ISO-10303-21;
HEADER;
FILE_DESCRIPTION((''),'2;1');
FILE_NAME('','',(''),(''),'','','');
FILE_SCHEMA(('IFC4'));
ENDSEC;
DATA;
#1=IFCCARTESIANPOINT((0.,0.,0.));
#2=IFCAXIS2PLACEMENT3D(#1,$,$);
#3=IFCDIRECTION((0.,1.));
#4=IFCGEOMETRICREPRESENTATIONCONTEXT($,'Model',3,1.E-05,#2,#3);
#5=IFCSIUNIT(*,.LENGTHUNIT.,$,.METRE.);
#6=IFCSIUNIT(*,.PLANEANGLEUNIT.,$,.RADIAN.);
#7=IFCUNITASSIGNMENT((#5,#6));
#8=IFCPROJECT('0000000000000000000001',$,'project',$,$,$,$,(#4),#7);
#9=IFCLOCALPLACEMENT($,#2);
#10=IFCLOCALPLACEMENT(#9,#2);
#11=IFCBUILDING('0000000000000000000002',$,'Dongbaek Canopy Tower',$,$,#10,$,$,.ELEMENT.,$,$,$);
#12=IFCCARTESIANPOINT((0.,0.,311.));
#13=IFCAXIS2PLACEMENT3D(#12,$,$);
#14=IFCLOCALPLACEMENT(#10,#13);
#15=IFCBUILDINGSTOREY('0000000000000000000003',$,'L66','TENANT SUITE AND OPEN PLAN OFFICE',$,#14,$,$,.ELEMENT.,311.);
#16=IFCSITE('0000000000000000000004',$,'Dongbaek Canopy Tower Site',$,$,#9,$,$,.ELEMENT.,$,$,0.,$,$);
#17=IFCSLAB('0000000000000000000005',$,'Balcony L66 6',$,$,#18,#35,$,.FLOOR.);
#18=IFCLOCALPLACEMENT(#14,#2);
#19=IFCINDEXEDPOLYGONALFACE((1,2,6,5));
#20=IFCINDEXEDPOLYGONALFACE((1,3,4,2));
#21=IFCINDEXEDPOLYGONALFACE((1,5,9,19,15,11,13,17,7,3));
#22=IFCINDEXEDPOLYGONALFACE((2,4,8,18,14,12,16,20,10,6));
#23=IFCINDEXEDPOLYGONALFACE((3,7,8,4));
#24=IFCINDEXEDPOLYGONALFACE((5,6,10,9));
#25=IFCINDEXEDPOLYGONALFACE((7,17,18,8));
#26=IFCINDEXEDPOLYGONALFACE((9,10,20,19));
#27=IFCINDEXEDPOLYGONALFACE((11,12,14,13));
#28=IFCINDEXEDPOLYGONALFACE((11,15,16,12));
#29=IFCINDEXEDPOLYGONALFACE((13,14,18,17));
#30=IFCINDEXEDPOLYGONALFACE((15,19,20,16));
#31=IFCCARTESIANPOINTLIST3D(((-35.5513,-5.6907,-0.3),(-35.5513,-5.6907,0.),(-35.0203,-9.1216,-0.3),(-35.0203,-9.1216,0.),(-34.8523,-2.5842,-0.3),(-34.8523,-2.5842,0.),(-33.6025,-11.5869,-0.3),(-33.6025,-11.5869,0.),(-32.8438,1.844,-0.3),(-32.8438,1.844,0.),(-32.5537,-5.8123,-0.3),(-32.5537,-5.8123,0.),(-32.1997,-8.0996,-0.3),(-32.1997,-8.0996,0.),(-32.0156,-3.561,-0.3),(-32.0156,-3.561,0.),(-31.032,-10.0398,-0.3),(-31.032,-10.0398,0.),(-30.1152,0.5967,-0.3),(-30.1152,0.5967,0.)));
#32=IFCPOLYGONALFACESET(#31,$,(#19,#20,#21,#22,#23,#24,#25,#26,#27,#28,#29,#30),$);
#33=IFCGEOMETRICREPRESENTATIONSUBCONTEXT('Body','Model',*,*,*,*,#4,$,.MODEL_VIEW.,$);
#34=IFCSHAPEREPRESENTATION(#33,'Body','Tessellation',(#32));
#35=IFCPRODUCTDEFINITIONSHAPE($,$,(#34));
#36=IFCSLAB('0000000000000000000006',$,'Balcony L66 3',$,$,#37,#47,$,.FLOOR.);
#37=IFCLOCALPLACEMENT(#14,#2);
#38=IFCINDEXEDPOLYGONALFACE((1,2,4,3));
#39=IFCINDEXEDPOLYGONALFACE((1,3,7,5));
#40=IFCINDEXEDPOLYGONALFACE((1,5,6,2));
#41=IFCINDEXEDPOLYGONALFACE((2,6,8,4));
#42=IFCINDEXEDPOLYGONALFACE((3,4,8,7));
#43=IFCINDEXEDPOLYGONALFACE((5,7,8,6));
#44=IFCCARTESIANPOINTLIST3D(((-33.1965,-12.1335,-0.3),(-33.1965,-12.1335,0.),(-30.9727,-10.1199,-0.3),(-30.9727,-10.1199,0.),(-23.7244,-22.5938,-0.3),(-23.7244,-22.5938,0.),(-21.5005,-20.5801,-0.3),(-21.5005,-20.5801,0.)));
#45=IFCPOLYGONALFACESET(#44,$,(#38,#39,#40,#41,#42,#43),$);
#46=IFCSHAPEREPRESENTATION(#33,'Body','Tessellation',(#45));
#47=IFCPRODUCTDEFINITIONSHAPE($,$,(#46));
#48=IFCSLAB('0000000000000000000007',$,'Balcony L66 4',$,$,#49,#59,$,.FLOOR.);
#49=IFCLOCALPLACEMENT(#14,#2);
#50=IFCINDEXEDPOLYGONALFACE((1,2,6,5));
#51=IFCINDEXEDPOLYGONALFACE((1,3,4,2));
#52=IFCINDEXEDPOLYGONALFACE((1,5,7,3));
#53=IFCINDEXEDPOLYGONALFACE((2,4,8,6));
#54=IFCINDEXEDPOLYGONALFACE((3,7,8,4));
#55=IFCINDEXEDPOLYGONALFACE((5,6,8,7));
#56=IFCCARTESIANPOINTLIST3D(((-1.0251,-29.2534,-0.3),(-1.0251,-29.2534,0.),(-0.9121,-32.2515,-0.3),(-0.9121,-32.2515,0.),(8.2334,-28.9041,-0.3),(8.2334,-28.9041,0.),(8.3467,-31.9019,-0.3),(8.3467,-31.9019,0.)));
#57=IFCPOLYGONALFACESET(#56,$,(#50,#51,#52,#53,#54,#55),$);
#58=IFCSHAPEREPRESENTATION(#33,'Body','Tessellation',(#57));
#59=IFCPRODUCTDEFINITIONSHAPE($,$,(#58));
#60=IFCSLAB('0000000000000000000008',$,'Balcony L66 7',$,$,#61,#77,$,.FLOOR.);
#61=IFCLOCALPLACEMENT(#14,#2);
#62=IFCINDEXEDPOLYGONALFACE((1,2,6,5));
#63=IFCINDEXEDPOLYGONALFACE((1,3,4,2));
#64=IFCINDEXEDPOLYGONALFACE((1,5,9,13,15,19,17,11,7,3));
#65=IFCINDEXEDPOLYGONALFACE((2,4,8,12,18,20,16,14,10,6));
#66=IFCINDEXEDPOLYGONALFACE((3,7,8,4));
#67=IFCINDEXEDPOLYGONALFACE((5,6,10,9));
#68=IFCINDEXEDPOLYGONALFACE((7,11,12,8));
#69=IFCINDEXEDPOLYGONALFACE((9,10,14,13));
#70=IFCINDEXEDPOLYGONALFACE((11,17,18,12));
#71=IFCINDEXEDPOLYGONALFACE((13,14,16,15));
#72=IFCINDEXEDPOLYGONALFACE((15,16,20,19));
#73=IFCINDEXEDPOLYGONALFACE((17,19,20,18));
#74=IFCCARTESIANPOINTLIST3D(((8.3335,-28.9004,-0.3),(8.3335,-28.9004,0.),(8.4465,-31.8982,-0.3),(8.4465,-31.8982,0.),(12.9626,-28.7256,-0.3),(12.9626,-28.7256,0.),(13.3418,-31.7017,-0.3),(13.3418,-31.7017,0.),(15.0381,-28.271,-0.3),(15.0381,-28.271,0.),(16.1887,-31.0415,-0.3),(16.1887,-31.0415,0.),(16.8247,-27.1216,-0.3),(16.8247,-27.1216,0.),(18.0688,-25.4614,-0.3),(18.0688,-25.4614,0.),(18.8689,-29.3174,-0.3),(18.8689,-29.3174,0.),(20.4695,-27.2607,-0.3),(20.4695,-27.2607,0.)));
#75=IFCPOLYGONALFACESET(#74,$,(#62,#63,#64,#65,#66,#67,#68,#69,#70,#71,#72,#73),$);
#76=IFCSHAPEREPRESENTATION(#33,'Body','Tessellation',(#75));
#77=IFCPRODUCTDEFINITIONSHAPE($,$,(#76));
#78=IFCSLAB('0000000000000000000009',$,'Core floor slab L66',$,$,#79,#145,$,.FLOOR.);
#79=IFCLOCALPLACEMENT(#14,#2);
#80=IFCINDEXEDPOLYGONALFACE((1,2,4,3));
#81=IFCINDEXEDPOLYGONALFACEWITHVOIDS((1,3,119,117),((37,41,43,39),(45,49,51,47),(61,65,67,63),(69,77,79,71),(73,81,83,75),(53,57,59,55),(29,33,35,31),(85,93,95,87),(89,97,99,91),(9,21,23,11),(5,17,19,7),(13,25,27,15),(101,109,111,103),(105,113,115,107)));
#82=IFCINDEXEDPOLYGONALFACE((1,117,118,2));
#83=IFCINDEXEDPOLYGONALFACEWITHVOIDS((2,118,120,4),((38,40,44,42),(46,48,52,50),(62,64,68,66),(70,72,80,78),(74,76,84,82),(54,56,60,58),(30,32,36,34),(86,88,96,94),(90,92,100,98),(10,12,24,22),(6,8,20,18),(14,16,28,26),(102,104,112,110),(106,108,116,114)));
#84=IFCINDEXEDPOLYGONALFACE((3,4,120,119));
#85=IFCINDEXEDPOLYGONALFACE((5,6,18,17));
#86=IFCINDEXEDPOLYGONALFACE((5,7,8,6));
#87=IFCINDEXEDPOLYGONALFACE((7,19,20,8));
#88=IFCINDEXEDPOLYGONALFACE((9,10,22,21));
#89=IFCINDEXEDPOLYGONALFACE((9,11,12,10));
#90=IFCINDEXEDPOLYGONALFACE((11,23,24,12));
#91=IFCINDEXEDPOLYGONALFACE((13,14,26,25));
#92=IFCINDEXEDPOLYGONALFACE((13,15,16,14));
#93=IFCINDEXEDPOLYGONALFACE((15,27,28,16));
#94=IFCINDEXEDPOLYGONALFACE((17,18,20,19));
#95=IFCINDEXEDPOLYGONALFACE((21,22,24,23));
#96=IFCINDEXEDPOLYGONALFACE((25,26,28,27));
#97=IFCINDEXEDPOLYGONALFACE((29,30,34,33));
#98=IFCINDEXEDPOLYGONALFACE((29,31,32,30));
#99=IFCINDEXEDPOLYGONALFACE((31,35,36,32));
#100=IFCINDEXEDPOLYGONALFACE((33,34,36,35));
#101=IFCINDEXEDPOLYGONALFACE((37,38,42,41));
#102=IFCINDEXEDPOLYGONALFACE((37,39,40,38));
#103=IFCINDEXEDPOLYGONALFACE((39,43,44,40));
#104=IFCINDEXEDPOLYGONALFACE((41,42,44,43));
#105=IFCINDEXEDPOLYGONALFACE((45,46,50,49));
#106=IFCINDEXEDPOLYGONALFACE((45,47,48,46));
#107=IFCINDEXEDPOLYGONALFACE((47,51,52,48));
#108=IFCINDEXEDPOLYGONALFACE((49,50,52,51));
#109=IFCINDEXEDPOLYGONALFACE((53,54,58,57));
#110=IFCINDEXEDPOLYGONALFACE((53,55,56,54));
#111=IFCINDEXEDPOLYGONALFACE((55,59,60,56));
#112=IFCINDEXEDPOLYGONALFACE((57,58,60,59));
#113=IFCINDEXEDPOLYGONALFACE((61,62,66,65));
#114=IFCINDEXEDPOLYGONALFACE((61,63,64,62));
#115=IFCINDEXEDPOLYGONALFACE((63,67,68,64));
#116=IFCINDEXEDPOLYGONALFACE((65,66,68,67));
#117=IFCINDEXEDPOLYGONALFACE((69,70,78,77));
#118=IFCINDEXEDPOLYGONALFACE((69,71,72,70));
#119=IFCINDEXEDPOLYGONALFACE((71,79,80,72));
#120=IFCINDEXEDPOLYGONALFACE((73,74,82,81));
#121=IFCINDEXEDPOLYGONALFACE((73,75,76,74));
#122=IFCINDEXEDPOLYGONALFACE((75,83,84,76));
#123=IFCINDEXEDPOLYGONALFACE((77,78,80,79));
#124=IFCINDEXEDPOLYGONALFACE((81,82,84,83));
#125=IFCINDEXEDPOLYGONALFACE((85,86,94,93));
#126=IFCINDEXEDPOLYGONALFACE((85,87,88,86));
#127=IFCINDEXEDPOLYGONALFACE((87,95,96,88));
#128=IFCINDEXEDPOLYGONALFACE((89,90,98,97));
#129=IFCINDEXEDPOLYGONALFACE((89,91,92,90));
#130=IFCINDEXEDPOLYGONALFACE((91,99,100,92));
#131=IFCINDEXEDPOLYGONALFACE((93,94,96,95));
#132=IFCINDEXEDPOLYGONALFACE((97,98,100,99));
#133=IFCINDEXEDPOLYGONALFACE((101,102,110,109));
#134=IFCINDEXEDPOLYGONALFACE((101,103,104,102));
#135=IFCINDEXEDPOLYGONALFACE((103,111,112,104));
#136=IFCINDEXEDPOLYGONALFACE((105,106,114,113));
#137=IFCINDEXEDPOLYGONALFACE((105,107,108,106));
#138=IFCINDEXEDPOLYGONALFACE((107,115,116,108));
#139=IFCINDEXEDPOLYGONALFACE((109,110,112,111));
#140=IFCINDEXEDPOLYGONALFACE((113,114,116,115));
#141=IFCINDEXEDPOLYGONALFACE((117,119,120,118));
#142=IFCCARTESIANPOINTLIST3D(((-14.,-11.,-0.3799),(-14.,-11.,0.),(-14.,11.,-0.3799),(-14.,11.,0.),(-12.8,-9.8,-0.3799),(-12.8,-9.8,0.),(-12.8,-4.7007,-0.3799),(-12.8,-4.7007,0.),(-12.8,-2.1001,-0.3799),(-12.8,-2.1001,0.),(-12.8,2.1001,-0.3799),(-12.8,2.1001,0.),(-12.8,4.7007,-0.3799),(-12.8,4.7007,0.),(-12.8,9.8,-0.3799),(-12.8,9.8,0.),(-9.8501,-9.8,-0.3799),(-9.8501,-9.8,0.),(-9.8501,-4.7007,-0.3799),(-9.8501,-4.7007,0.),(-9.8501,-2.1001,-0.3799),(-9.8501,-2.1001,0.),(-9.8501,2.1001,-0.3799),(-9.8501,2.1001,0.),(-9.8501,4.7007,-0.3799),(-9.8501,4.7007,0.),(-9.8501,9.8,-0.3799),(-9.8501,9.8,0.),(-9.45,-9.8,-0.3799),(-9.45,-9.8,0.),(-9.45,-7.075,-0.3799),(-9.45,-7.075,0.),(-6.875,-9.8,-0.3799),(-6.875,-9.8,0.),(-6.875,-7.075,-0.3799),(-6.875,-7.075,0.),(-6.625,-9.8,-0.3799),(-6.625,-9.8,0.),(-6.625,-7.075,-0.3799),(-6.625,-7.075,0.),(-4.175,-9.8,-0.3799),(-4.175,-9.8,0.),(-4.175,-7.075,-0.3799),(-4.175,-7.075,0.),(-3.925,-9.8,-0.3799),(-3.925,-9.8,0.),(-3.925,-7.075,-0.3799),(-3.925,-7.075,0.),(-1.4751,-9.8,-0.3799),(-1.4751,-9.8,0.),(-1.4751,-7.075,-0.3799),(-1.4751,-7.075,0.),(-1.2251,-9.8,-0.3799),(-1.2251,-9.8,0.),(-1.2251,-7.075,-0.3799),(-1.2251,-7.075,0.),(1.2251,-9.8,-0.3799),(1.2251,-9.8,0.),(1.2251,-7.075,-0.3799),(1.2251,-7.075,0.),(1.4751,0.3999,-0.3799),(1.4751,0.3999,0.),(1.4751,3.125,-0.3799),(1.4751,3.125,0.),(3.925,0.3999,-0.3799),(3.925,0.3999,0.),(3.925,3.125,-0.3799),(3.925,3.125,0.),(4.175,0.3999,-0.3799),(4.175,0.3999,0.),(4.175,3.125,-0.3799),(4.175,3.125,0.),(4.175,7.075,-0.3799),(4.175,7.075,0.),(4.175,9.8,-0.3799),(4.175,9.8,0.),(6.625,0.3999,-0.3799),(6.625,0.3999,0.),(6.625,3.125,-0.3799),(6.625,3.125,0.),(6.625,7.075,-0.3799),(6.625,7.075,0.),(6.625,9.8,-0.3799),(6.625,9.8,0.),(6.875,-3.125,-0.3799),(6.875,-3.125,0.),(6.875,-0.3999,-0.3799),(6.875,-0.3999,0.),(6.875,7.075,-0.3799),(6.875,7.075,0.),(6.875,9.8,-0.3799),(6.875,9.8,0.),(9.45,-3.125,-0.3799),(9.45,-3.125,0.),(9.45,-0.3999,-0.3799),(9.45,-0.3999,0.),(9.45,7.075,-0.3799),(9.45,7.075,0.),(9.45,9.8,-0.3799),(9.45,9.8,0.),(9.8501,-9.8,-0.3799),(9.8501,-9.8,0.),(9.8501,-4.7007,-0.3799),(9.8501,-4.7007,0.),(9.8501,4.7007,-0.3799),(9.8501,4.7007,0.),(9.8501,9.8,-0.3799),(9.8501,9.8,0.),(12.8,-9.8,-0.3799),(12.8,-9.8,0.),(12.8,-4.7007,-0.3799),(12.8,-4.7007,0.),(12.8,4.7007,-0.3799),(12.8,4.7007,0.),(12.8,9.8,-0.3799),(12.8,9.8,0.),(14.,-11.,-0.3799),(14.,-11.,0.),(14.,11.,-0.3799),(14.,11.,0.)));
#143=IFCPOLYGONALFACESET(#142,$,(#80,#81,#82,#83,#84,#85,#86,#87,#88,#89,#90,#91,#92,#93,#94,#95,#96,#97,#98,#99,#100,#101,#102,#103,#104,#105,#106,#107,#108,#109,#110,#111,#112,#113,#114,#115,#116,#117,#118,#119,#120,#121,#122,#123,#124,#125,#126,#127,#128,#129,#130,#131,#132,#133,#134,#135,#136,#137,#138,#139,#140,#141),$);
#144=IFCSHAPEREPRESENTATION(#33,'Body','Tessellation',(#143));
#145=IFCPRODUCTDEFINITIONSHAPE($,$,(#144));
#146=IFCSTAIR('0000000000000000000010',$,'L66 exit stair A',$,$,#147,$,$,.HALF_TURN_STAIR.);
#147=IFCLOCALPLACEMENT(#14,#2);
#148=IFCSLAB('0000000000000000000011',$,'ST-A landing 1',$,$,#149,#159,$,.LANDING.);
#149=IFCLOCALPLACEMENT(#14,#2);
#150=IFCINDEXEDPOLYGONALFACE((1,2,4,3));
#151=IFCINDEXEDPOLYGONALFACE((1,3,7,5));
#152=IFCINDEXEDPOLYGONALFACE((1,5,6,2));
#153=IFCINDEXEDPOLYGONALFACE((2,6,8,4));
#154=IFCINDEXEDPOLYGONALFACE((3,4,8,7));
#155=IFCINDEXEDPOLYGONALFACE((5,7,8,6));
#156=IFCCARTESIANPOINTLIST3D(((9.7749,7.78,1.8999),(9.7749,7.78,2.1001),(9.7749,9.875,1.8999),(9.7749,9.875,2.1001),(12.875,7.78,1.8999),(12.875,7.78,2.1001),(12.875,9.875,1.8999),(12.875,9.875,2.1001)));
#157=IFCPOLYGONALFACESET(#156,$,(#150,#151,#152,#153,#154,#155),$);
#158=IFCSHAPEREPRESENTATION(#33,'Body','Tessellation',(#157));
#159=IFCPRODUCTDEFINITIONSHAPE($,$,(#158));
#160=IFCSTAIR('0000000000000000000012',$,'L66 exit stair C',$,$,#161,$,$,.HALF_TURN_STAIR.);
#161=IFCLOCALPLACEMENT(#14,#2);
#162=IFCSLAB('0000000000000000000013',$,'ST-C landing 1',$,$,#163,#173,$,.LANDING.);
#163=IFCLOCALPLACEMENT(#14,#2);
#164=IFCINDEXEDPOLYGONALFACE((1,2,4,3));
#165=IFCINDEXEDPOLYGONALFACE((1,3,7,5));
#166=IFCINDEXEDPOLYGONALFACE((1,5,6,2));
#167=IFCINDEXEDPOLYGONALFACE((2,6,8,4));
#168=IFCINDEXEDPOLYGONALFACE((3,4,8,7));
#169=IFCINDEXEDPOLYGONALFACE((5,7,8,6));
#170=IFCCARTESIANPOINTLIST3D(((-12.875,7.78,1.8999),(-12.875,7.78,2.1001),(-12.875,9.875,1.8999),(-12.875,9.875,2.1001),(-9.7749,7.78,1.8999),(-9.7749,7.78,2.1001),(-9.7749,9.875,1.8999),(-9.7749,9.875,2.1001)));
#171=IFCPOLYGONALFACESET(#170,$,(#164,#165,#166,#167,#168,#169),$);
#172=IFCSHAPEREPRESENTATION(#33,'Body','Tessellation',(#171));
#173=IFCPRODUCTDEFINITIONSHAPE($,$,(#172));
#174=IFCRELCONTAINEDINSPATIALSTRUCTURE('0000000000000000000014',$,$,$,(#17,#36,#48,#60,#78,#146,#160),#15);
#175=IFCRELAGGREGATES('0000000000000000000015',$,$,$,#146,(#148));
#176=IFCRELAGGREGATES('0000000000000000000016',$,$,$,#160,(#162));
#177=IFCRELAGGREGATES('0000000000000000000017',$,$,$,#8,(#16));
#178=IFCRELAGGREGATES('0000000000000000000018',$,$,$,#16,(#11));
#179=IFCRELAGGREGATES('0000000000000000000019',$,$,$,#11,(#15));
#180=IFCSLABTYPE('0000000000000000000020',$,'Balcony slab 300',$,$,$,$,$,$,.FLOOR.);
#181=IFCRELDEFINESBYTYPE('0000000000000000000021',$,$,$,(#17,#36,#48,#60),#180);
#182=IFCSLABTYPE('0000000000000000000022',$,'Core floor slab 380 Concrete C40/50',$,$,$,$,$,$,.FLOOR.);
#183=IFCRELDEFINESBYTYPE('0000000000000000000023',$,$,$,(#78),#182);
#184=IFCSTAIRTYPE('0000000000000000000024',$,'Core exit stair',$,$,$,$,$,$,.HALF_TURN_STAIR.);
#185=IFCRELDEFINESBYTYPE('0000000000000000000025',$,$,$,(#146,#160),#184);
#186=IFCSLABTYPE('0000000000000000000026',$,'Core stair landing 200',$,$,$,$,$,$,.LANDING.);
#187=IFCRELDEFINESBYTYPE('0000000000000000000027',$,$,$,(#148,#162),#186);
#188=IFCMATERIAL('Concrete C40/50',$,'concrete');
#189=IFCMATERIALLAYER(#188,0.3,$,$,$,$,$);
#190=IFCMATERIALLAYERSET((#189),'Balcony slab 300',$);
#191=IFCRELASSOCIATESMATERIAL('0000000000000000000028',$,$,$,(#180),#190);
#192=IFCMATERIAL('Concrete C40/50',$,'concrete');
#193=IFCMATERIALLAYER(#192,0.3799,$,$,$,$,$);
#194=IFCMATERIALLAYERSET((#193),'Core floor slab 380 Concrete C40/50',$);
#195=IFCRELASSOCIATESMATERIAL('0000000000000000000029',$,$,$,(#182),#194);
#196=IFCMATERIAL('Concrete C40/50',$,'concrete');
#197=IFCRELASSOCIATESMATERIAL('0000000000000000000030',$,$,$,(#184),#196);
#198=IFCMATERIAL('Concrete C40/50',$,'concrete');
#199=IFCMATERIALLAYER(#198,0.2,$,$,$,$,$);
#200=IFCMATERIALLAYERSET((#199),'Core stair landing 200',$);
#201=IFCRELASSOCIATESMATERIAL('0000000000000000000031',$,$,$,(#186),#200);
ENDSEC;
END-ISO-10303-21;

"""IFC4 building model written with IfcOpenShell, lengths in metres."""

from ifc_helpers import new_model, si_unit, direction, frame, origin, place, context, subcontext, project, spatial, polyline, outline, extrude, material, layer, layer_set, type_object, element, aggregate, save


model = new_model("IFC4")

# Units and contexts
model_context = context("Model", 3, precision=1e-05, world=origin(), true_north=direction((0.0, 1.0)))
body_context = subcontext(model_context, "Body", "Model", "MODEL_VIEW")
ifc_project = project(units=[si_unit("LENGTHUNIT", "METRE"), si_unit("PLANEANGLEUNIT", "RADIAN")], contexts=[model_context])

# Site, building, storey
site_placement = place(None, origin())
site = spatial("IfcSite", under=ifc_project, at=site_placement, Name="Dongbaek Canopy Tower Site", CompositionType="ELEMENT", RefElevation=0.0)
building_placement = place(site_placement, origin())
building = spatial("IfcBuilding", under=site, at=building_placement, Name="Dongbaek Canopy Tower", CompositionType="ELEMENT")
storey_placement = place(building_placement, frame((0.0, 0.0, 311.0)))
storey = spatial("IfcBuildingStorey", under=building, at=storey_placement, Name="L66", Description="TENANT SUITE AND OPEN PLAN OFFICE", CompositionType="ELEMENT", Elevation=311.0)

# Slabs
ifc_material_1 = material(Name="Concrete C40/50", Category="concrete")
ifc_layer_1 = layer(ifc_material_1, 0.3)
ifc_layer_set_1 = layer_set([ifc_layer_1], Name="Balcony slab 300")
slab_type_1 = type_object("IfcSlabType", Name="Balcony slab 300", PredefinedType="FLOOR", material=ifc_layer_set_1)
slab_1_placement = place(storey_placement, frame((0.0, 0.0, -0.3)))
element("IfcSlab", 1, at=slab_1_placement, inside=storey, type_object=slab_type_1, Name="Balcony L66 6", PredefinedType="FLOOR", context=body_context, shape_type="SweptSolid", body=[
    extrude(outline(polyline([(-30.1152, 0.5967), (-32.0156, -3.561), (-32.5537, -5.8123), (-32.1997, -8.0996), (-31.032, -10.0398), (-33.6025, -11.5869), (-35.0203, -9.1216), (-35.5513, -5.6907), (-34.8523, -2.5842), (-32.8438, 1.844), (-30.1152, 0.5967)])), origin(), (0.0, 0.0, 1.0), 0.3),
])
slab_2_placement = place(storey_placement, frame((0.0, 0.0, -0.3)))
element("IfcSlab", 2, at=slab_2_placement, inside=storey, type_object=slab_type_1, Name="Balcony L66 3", PredefinedType="FLOOR", context=body_context, shape_type="SweptSolid", body=[
    extrude(outline(polyline([(-30.9727, -10.1199), (-21.5005, -20.5801), (-23.7244, -22.5938), (-33.1965, -12.1335), (-30.9727, -10.1199)])), origin(), (0.0, 0.0, 1.0), 0.3),
])
slab_3_placement = place(storey_placement, frame((0.0, 0.0, -0.3)))
element("IfcSlab", 3, at=slab_3_placement, inside=storey, type_object=slab_type_1, Name="Balcony L66 4", PredefinedType="FLOOR", context=body_context, shape_type="SweptSolid", body=[
    extrude(outline(polyline([(-1.0251, -29.2534), (8.2334, -28.9041), (8.3467, -31.9019), (-0.9121, -32.2515), (-1.0251, -29.2534)])), origin(), (0.0, 0.0, 1.0), 0.3),
])
slab_4_placement = place(storey_placement, frame((0.0, 0.0, -0.3)))
element("IfcSlab", 4, at=slab_4_placement, inside=storey, type_object=slab_type_1, Name="Balcony L66 7", PredefinedType="FLOOR", context=body_context, shape_type="SweptSolid", body=[
    extrude(outline(polyline([(8.3335, -28.9004), (12.9626, -28.7256), (15.0381, -28.271), (16.8247, -27.1216), (18.0688, -25.4614), (20.4695, -27.2607), (18.8689, -29.3174), (16.1887, -31.0415), (13.3418, -31.7017), (8.4465, -31.8982), (8.3335, -28.9004)])), origin(), (0.0, 0.0, 1.0), 0.3),
])
ifc_material_2 = material(Name="Concrete C40/50", Category="concrete")
ifc_layer_2 = layer(ifc_material_2, 0.3799)
ifc_layer_set_2 = layer_set([ifc_layer_2], Name="Core floor slab 380 Concrete C40/50")
slab_type_2 = type_object("IfcSlabType", Name="Core floor slab 380 Concrete C40/50", PredefinedType="FLOOR", material=ifc_layer_set_2)
slab_5_placement = place(storey_placement, frame((0.0, 0.0, -0.3799)))
element("IfcSlab", 5, at=slab_5_placement, inside=storey, type_object=slab_type_2, Name="Core floor slab L66", PredefinedType="FLOOR", context=body_context, shape_type="SweptSolid", body=[
    extrude(outline(polyline([(14.0, -11.0), (14.0, 11.0), (-14.0, 11.0), (-14.0, -11.0), (14.0, -11.0)]), holes=[polyline([(-12.8, 2.1001), (-9.8501, 2.1001), (-9.8501, -2.1001), (-12.8, -2.1001), (-12.8, 2.1001)]), polyline([(6.625, 9.8), (6.625, 7.075), (4.175, 7.075), (4.175, 9.8), (6.625, 9.8)]), polyline([(9.45, 7.075), (6.875, 7.075), (6.875, 9.8), (9.45, 9.8), (9.45, 7.075)]), polyline([(1.4751, 0.3999), (1.4751, 3.125), (3.925, 3.125), (3.925, 0.3999), (1.4751, 0.3999)]), polyline([(4.175, 0.3999), (4.175, 3.125), (6.625, 3.125), (6.625, 0.3999), (4.175, 0.3999)]), polyline([(9.45, -3.125), (6.875, -3.125), (6.875, -0.3999), (9.45, -0.3999), (9.45, -3.125)]), polyline([(-9.45, -7.075), (-6.875, -7.075), (-6.875, -9.8), (-9.45, -9.8), (-9.45, -7.075)]), polyline([(-6.625, -9.8), (-6.625, -7.075), (-4.175, -7.075), (-4.175, -9.8), (-6.625, -9.8)]), polyline([(-3.925, -9.8), (-3.925, -7.075), (-1.4751, -7.075), (-1.4751, -9.8), (-3.925, -9.8)]), polyline([(-1.2251, -9.8), (-1.2251, -7.075), (1.2251, -7.075), (1.2251, -9.8), (-1.2251, -9.8)]), polyline([(12.8, 4.7007), (12.8, 9.8), (9.8501, 9.8), (9.8501, 4.7007), (12.8, 4.7007)]), polyline([(-9.8501, 4.7007), (-9.8501, 9.8), (-12.8, 9.8), (-12.8, 4.7007), (-9.8501, 4.7007)]), polyline([(9.8501, -4.7007), (9.8501, -9.8), (12.8, -9.8), (12.8, -4.7007), (9.8501, -4.7007)]), polyline([(-12.8, -4.7007), (-12.8, -9.8), (-9.8501, -9.8), (-9.8501, -4.7007), (-12.8, -4.7007)])]), origin(), (0.0, 0.0, 1.0), 0.3799),
])

# Stairs, slabs
ifc_material_3 = material(Name="Concrete C40/50", Category="concrete")
stair_type = type_object("IfcStairType", Name="Core exit stair", PredefinedType="HALF_TURN_STAIR", material=ifc_material_3)
stair_1_placement = place(storey_placement, origin())
stair_1 = element("IfcStair", 6, at=stair_1_placement, inside=storey, type_object=stair_type, Name="L66 exit stair A", PredefinedType="HALF_TURN_STAIR")
ifc_material_4 = material(Name="Concrete C40/50", Category="concrete")
ifc_layer_3 = layer(ifc_material_4, 0.2)
ifc_layer_set_3 = layer_set([ifc_layer_3], Name="Core stair landing 200")
slab_type_3 = type_object("IfcSlabType", Name="Core stair landing 200", PredefinedType="LANDING", material=ifc_layer_set_3)
slab_6_placement = place(storey_placement, frame((0.0, 0.0, 1.8999)))
slab_6 = element("IfcSlab", 7, at=slab_6_placement, type_object=slab_type_3, Name="ST-A landing 1", PredefinedType="LANDING", context=body_context, shape_type="SweptSolid", body=[
    extrude(outline(polyline([(12.875, 7.78), (12.875, 9.875), (9.7749, 9.875), (9.7749, 7.78), (12.875, 7.78)])), origin(), (0.0, 0.0, 1.0), 0.2002),
])
aggregate(stair_1, [slab_6])
stair_2_placement = place(storey_placement, origin())
stair_2 = element("IfcStair", 8, at=stair_2_placement, inside=storey, type_object=stair_type, Name="L66 exit stair C", PredefinedType="HALF_TURN_STAIR")
slab_7_placement = place(storey_placement, frame((0.0, 0.0, 1.8999)))
slab_7 = element("IfcSlab", 9, at=slab_7_placement, type_object=slab_type_3, Name="ST-C landing 1", PredefinedType="LANDING", context=body_context, shape_type="SweptSolid", body=[
    extrude(outline(polyline([(-9.7749, 7.78), (-9.7749, 9.875), (-12.875, 9.875), (-12.875, 7.78), (-9.7749, 7.78)])), origin(), (0.0, 0.0, 1.0), 0.2002),
])
aggregate(stair_2, [slab_7])

save(model, "model.ifc")
